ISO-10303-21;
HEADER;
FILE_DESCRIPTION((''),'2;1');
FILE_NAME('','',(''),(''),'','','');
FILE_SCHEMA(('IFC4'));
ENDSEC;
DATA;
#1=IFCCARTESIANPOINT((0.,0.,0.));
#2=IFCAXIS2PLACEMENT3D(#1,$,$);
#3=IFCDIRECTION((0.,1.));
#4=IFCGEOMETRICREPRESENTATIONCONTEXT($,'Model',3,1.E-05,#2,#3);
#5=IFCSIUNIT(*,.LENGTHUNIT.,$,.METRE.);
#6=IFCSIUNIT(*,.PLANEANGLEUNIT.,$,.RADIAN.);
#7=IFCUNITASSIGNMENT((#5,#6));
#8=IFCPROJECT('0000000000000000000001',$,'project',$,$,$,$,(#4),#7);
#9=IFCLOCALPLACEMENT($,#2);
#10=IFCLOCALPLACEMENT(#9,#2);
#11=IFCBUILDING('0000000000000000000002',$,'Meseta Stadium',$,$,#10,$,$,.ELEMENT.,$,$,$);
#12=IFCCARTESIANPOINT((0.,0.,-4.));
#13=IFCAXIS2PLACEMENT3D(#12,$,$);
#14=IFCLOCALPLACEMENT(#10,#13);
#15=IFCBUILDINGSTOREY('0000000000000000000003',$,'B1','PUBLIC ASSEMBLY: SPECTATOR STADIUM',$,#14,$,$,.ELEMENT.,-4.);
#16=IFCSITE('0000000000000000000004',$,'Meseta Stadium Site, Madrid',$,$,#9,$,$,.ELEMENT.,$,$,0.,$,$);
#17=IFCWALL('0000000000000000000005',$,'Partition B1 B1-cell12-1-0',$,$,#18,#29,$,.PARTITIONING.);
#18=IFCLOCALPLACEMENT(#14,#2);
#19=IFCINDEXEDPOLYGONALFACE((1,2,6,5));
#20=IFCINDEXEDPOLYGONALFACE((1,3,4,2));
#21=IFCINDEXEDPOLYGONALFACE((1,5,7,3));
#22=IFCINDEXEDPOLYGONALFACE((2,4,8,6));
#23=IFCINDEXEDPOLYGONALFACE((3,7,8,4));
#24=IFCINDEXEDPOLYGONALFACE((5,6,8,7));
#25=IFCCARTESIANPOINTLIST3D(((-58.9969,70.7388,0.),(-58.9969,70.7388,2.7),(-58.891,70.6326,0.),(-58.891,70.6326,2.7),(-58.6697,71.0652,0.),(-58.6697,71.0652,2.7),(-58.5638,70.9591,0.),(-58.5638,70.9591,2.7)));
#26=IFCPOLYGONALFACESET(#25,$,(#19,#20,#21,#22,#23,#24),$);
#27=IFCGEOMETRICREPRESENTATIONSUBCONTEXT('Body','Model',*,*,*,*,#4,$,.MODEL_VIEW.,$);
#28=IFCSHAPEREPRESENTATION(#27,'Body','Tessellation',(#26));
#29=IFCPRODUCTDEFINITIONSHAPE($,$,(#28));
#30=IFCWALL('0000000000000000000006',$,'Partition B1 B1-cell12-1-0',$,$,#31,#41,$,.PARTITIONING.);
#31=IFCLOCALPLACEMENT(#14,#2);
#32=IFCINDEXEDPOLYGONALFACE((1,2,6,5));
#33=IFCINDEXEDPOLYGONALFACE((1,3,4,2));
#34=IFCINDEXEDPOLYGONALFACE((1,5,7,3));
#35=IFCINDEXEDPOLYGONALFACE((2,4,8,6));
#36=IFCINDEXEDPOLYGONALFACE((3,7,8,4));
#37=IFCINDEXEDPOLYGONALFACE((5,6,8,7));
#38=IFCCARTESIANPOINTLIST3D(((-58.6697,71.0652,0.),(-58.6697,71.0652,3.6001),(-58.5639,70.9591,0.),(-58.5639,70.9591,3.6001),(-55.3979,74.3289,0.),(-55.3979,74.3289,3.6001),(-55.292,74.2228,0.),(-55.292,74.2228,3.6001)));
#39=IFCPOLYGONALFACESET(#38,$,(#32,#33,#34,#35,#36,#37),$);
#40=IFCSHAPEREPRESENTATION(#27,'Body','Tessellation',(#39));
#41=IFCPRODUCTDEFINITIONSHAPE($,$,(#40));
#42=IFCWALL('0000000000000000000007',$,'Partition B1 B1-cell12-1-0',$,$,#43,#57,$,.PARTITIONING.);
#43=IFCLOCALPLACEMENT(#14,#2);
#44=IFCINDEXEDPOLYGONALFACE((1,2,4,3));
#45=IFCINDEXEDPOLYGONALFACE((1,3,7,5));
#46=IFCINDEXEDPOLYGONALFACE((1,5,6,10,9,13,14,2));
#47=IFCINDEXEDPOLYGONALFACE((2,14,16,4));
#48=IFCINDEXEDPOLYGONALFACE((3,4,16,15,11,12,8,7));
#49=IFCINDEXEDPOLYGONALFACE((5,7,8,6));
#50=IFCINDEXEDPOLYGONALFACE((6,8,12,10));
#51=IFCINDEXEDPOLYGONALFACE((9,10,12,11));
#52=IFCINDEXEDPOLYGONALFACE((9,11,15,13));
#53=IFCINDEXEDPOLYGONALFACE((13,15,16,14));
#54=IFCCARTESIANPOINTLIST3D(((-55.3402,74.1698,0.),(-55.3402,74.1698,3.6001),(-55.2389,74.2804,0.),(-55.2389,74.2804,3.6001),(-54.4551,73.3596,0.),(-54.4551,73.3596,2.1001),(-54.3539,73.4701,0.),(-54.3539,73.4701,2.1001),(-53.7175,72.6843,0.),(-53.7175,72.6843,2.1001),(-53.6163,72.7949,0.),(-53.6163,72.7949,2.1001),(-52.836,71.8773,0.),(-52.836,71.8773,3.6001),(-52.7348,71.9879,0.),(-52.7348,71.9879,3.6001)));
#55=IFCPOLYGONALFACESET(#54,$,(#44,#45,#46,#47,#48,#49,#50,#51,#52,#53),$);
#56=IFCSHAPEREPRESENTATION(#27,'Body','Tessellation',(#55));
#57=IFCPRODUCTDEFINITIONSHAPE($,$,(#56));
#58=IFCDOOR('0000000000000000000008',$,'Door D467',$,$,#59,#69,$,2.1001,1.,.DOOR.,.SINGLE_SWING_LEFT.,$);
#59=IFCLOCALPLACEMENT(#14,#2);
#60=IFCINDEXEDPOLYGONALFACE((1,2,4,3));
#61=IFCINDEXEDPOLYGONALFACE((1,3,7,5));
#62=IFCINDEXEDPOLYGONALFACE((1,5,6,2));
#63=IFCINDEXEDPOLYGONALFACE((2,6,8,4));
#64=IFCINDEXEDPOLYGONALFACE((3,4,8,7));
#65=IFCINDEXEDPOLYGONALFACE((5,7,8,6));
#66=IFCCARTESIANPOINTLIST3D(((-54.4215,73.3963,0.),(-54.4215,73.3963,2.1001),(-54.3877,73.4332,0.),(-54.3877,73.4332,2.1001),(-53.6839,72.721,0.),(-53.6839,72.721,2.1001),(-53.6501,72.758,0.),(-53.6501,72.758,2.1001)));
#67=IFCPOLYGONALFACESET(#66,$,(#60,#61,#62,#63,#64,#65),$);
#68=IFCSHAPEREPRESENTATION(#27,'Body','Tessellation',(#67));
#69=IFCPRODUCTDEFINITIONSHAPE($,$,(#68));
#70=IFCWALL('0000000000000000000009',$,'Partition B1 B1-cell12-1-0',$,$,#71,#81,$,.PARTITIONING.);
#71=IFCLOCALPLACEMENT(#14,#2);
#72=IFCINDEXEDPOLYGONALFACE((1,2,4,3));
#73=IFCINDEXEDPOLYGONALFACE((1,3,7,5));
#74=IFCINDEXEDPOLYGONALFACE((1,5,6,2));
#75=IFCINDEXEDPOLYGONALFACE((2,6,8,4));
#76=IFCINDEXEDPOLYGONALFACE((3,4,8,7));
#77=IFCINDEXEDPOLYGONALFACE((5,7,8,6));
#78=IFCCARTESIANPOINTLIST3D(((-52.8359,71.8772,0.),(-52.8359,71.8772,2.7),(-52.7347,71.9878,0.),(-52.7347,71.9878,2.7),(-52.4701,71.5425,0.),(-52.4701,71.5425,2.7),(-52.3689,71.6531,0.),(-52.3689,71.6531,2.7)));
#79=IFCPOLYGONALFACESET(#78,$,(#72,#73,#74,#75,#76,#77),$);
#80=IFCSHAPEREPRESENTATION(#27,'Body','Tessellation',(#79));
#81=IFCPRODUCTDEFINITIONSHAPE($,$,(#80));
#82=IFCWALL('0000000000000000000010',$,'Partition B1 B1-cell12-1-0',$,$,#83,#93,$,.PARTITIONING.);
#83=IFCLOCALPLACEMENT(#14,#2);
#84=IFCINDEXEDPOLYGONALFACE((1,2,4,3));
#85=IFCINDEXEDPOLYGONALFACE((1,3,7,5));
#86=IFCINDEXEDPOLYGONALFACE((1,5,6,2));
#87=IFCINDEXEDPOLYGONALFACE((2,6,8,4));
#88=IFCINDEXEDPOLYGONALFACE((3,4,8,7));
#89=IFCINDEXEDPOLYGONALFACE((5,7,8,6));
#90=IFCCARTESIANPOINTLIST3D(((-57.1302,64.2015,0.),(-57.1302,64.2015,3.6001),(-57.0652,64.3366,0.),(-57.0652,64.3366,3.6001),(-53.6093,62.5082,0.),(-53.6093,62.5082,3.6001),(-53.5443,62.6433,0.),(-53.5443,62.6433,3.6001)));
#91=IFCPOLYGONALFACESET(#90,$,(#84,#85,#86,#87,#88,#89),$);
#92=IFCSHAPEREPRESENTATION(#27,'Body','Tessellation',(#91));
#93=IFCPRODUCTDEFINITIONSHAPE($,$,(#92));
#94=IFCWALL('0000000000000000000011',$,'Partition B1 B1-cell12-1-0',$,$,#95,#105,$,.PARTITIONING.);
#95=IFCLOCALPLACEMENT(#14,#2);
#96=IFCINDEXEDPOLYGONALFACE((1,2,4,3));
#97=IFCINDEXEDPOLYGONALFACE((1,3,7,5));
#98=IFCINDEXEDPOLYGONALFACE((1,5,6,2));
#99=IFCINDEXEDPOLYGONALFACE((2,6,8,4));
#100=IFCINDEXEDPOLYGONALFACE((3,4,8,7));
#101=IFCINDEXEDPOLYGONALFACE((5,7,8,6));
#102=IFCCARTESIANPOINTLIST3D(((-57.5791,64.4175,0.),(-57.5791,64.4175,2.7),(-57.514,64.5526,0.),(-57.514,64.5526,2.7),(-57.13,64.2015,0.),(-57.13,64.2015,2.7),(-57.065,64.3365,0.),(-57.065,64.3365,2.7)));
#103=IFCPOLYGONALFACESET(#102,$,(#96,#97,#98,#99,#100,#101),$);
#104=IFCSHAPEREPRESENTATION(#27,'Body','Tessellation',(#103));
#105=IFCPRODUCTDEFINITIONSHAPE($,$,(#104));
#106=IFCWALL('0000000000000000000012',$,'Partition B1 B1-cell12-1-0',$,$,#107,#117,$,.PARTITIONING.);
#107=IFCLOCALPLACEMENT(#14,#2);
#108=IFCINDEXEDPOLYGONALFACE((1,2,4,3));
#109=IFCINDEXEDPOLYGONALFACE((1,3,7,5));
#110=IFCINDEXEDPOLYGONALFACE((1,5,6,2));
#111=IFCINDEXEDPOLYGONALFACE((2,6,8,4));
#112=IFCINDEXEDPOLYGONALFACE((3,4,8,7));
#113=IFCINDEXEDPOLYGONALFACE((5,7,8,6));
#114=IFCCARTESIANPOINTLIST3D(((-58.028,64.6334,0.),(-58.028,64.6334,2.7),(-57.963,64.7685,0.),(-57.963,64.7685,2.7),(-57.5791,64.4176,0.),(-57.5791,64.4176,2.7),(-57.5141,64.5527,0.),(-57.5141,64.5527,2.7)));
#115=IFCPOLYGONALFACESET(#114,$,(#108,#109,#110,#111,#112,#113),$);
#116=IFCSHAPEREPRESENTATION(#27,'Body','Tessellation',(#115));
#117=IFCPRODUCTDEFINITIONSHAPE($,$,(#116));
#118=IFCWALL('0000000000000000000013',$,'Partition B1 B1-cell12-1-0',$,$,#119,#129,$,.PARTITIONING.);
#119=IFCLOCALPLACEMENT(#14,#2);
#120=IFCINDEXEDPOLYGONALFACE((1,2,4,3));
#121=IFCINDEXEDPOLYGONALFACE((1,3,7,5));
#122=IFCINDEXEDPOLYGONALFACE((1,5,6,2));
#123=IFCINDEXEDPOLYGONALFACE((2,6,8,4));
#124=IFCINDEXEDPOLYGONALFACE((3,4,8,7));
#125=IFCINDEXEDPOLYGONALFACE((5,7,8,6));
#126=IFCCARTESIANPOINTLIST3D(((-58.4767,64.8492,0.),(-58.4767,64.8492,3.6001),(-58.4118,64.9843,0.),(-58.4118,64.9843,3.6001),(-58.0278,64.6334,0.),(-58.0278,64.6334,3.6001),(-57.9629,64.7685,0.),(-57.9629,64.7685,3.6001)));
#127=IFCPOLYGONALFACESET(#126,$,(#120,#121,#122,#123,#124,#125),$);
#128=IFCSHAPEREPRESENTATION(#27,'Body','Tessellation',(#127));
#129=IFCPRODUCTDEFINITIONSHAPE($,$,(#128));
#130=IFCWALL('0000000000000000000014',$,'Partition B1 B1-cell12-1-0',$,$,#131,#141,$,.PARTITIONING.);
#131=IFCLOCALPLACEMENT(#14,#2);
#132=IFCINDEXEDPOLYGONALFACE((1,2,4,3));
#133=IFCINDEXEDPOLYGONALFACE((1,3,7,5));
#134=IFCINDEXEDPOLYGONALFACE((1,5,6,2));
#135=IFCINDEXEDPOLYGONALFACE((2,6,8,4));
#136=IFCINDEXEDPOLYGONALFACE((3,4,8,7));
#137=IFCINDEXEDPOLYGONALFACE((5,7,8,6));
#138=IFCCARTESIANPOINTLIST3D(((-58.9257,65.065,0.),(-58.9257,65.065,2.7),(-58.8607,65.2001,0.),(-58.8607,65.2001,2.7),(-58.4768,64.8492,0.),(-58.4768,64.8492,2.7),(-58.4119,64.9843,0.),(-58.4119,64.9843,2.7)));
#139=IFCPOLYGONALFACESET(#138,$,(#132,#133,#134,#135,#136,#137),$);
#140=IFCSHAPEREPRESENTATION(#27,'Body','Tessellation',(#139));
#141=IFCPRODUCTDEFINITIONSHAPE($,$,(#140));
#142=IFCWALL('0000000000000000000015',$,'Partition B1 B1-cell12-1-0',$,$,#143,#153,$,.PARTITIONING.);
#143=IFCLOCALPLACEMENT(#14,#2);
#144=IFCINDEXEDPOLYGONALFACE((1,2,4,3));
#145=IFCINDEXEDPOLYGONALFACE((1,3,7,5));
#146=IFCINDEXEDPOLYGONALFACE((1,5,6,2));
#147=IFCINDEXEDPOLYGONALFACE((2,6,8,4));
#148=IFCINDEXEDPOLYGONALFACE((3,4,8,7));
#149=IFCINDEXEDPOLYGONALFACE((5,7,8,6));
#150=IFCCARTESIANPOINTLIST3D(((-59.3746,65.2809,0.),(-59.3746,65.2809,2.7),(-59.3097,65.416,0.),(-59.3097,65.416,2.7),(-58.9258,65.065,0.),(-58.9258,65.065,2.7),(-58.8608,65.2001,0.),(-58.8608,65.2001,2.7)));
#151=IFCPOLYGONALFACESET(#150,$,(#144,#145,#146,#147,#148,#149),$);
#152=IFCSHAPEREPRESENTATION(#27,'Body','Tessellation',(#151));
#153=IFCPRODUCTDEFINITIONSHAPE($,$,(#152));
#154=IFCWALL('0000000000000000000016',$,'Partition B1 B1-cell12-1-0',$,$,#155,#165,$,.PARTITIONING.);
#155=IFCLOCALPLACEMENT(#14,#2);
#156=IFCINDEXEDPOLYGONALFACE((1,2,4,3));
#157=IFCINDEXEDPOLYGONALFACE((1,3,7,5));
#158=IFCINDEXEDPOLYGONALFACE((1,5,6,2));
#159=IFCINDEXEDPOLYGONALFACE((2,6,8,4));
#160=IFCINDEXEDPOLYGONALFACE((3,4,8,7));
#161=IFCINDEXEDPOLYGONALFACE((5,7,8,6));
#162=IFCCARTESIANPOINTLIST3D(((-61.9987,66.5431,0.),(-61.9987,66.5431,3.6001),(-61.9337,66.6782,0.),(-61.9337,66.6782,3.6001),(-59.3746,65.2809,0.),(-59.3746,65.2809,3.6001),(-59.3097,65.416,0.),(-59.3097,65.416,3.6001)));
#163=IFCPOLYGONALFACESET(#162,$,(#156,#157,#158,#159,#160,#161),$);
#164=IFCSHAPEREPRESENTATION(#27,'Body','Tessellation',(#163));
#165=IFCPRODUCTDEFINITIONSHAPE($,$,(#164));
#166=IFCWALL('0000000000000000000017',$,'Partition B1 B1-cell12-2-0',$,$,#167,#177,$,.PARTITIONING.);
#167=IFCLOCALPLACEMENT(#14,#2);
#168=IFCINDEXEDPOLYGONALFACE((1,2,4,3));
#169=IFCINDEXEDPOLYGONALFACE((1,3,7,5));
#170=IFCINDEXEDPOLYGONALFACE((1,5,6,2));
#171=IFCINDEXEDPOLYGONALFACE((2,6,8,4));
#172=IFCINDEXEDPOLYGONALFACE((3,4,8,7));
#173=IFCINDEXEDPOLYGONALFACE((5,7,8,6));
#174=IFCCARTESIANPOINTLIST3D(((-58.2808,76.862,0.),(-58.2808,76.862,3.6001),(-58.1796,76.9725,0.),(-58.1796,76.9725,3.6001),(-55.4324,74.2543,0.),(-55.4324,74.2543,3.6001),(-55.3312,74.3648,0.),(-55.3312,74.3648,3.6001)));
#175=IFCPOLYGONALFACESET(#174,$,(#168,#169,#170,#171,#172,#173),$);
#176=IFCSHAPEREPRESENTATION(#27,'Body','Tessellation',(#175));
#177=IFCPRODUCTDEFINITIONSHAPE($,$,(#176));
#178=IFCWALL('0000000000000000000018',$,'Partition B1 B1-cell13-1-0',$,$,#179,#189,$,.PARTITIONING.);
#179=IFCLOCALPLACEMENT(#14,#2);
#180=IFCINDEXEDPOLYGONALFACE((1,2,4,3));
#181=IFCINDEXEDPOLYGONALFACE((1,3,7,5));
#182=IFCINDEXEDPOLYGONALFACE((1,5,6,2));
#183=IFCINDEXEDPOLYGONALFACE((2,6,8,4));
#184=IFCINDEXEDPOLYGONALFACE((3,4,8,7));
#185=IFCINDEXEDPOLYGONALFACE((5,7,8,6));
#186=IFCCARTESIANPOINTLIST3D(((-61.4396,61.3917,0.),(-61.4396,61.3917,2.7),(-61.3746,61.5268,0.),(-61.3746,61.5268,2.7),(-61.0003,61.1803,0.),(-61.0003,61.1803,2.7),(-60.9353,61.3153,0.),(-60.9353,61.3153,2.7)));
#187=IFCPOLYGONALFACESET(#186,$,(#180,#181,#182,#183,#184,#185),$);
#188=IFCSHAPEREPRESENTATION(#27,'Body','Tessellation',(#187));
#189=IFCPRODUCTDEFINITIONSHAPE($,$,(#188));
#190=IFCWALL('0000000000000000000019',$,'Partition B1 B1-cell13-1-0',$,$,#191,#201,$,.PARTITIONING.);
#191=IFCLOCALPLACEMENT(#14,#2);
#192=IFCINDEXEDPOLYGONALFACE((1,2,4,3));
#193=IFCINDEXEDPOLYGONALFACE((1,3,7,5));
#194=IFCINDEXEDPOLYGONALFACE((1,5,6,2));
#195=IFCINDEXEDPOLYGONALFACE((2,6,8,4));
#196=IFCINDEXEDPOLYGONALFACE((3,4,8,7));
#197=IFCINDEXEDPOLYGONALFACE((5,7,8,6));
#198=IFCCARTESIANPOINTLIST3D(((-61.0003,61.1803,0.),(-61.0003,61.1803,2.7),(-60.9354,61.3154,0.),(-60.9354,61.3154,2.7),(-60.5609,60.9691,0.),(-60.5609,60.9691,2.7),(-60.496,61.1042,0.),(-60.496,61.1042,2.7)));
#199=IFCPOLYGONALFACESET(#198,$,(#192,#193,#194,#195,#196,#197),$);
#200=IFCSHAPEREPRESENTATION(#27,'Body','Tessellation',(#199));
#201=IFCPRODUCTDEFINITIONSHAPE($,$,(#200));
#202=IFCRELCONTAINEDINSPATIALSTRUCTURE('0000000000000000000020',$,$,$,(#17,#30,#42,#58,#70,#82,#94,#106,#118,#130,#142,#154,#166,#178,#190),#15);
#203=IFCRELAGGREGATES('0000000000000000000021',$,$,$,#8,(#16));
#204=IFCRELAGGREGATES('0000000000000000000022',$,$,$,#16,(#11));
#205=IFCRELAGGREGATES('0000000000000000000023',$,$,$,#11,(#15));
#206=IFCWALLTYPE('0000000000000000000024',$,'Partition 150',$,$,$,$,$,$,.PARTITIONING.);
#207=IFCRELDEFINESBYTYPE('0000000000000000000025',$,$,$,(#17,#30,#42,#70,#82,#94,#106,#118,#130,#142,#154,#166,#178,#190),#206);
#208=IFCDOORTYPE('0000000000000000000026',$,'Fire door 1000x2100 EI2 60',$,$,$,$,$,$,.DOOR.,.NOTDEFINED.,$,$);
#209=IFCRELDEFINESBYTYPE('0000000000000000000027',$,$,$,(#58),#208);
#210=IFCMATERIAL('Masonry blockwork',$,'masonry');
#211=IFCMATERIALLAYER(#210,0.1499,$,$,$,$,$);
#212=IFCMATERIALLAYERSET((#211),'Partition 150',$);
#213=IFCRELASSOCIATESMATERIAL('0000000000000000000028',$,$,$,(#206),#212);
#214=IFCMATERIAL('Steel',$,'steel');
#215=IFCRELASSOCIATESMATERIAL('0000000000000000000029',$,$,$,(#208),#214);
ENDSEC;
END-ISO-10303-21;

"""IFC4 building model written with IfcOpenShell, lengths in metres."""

from ifc_helpers import new_model, si_unit, direction, frame, frame_2d, origin, place, context, subcontext, project, spatial, rectangle, extrude, material, layer, layer_set, type_object, element, fill, save


model = new_model("IFC4")

# Units and contexts
model_context = context("Model", 3, precision=1e-05, world=origin(), true_north=direction((0.0, 1.0)))
body_context = subcontext(model_context, "Body", "Model", "MODEL_VIEW")
ifc_project = project(units=[si_unit("LENGTHUNIT", "METRE"), si_unit("PLANEANGLEUNIT", "RADIAN")], contexts=[model_context])

# Site, building, storey
site_placement = place(None, origin())
site = spatial("IfcSite", under=ifc_project, at=site_placement, Name="Meseta Stadium Site, Madrid", CompositionType="ELEMENT", RefElevation=0.0)
building_placement = place(site_placement, origin())
building = spatial("IfcBuilding", under=site, at=building_placement, Name="Meseta Stadium", CompositionType="ELEMENT")
storey_placement = place(building_placement, frame((0.0, 0.0, -4.0)))
storey = spatial("IfcBuildingStorey", under=building, at=storey_placement, Name="B1", Description="PUBLIC ASSEMBLY: SPECTATOR STADIUM", CompositionType="ELEMENT", Elevation=-4.0)

# Walls
ifc_material_1 = material(Name="Masonry blockwork", Category="masonry")
ifc_layer = layer(ifc_material_1, 0.1499)
ifc_layer_set = layer_set([ifc_layer], Name="Partition 150")
wall_type = type_object("IfcWallType", Name="Partition 150", PredefinedType="PARTITIONING", material=ifc_layer_set)
wall_1_placement = place(storey_placement, frame((-58.9438, 70.6858, 0.0), z_axis=(0.0, 0.0, 1.0), x_axis=(0.707899, 0.706314, 0.0)))
element("IfcWall", 1, at=wall_1_placement, inside=storey, type_object=wall_type, Name="Partition B1 B1-cell12-1-0", PredefinedType="PARTITIONING", context=body_context, shape_type="SweptSolid", body=[
    extrude(rectangle(XDim=0.4622, YDim=0.1499, at=frame_2d((0.231, 0.0))), origin(), (0.0, 0.0, 1.0), 2.7),
])
wall_2_placement = place(storey_placement, frame((-58.6167, 71.0122, 0.0), z_axis=(0.0, 0.0, 1.0), x_axis=(0.707978, 0.706235, 0.0)))
element("IfcWall", 2, at=wall_2_placement, inside=storey, type_object=wall_type, Name="Partition B1 B1-cell12-1-0", PredefinedType="PARTITIONING", context=body_context, shape_type="SweptSolid", body=[
    extrude(rectangle(XDim=4.6213, YDim=0.1499, at=frame_2d((2.3105, 0.0))), origin(), (0.0, 0.0, 1.0), 3.6001),
])

# Wall, opening, door
wall_3_placement = place(storey_placement, frame((-55.2896, 74.2251, 0.0), z_axis=(0.0, 0.0, 1.0), x_axis=(0.737593, -0.675246, 0.0)))
wall_3 = element("IfcWall", 3, at=wall_3_placement, inside=storey, type_object=wall_type, Name="Partition B1 B1-cell12-1-0", PredefinedType="PARTITIONING", context=body_context, shape_type="SweptSolid", body=[
    extrude(rectangle(XDim=3.395, YDim=0.1499, at=frame_2d((1.6975, 0.0))), origin(), (0.0, 0.0, 1.0), 3.6001),
])
opening_placement = place(wall_3_placement, frame((1.2, 0.0, 0.0)))
opening = element("IfcOpeningElement", 4, at=opening_placement, cuts=wall_3, PredefinedType="OPENING", context=body_context, shape_type="SweptSolid", body=[
    extrude(rectangle(XDim=1.0, YDim=2.1001, at=frame_2d((0.5, 1.05))), frame((0.0, 0.085, 0.0), z_axis=(0.0, -1.0, 0.0), x_axis=(1.0, 0.0, 0.0)), (0.0, 0.0, 1.0), 0.1699),
])
ifc_material_2 = material(Name="Steel", Category="steel")
door_type = type_object("IfcDoorType", Name="Fire door 1000x2100 EI2 60", OperationType="NOTDEFINED", PredefinedType="DOOR", material=ifc_material_2)
door_placement = place(opening_placement, origin())
door = element("IfcDoor", 5, at=door_placement, inside=storey, type_object=door_type, Name="Door D467", OperationType="SINGLE_SWING_LEFT", OverallHeight=2.1001, OverallWidth=1.0, PredefinedType="DOOR", context=body_context, shape_type="SweptSolid", body=[
    extrude(rectangle(XDim=1.0, YDim=2.1001, at=frame_2d((0.5, 1.05))), frame((0.0, 0.0249, 0.0), z_axis=(0.0, -1.0, 0.0), x_axis=(1.0, 0.0, 0.0)), (0.0, 0.0, 1.0), 0.05),
])
fill(opening, door)

# Walls
wall_4_placement = place(storey_placement, frame((-52.7854, 71.9326, 0.0), z_axis=(0.0, 0.0, 1.0), x_axis=(0.737685, -0.675145, 0.0)))
element("IfcWall", 6, at=wall_4_placement, inside=storey, type_object=wall_type, Name="Partition B1 B1-cell12-1-0", PredefinedType="PARTITIONING", context=body_context, shape_type="SweptSolid", body=[
    extrude(rectangle(XDim=0.4958, YDim=0.1499, at=frame_2d((0.248, 0.0))), origin(), (0.0, 0.0, 1.0), 2.7),
])
wall_5_placement = place(storey_placement, frame((-53.5767, 62.5757, 0.0), z_axis=(0.0, 0.0, 1.0), x_axis=(-0.901195, 0.433414, 0.0)))
element("IfcWall", 7, at=wall_5_placement, inside=storey, type_object=wall_type, Name="Partition B1 B1-cell12-1-0", PredefinedType="PARTITIONING", context=body_context, shape_type="SweptSolid", body=[
    extrude(rectangle(XDim=3.907, YDim=0.1499, at=frame_2d((1.9536, 0.0))), origin(), (0.0, 0.0, 1.0), 3.6001),
])
wall_6_placement = place(storey_placement, frame((-57.0977, 64.269, 0.0), z_axis=(0.0, 0.0, 1.0), x_axis=(-0.901087, 0.433639, 0.0)))
element("IfcWall", 8, at=wall_6_placement, inside=storey, type_object=wall_type, Name="Partition B1 B1-cell12-1-0", PredefinedType="PARTITIONING", context=body_context, shape_type="SweptSolid", body=[
    extrude(rectangle(XDim=0.4983, YDim=0.1499, at=frame_2d((0.249, 0.0))), origin(), (0.0, 0.0, 1.0), 2.7),
])
wall_7_placement = place(storey_placement, frame((-57.5466, 64.4851, 0.0), z_axis=(0.0, 0.0, 1.0), x_axis=(-0.901186, 0.433432, 0.0)))
element("IfcWall", 9, at=wall_7_placement, inside=storey, type_object=wall_type, Name="Partition B1 B1-cell12-1-0", PredefinedType="PARTITIONING", context=body_context, shape_type="SweptSolid", body=[
    extrude(rectangle(XDim=0.498, YDim=0.1499, at=frame_2d((0.249, 0.0))), origin(), (0.0, 0.0, 1.0), 2.7),
])
wall_8_placement = place(storey_placement, frame((-57.9954, 64.7009, 0.0), z_axis=(0.0, 0.0, 1.0), x_axis=(-0.901278, 0.433241, 0.0)))
element("IfcWall", 10, at=wall_8_placement, inside=storey, type_object=wall_type, Name="Partition B1 B1-cell12-1-0", PredefinedType="PARTITIONING", context=body_context, shape_type="SweptSolid", body=[
    extrude(rectangle(XDim=0.498, YDim=0.1499, at=frame_2d((0.249, 0.0))), origin(), (0.0, 0.0, 1.0), 3.6001),
])
for number, where, z_axis, x_axis, name in (
    (11, (-58.4443, 64.9167, 0.0), (0.0, 0.0, 1.0), (-0.901278, 0.433241, 0.0), "Partition B1 B1-cell12-1-0"),
    (12, (-58.8933, 65.1326, 0.0), (0.0, 0.0, 1.0), (-0.901186, 0.433432, 0.0), "Partition B1 B1-cell12-1-0"),
):
    element("IfcWall", number, at=place(storey_placement, frame(where, z_axis=z_axis, x_axis=x_axis)), inside=storey, type_object=wall_type, Name=name, PredefinedType="PARTITIONING", context=body_context, shape_type="SweptSolid", body=[
        extrude(rectangle(XDim=0.498, YDim=0.1499, at=frame_2d((0.249, 0.0))), origin(), (0.0, 0.0, 1.0), 2.7),
    ])
wall_9_placement = place(storey_placement, frame((-59.342, 65.3484, 0.0), z_axis=(0.0, 0.0, 1.0), x_axis=(-0.901164, 0.433478, 0.0)))
element("IfcWall", 13, at=wall_9_placement, inside=storey, type_object=wall_type, Name="Partition B1 B1-cell12-1-0", PredefinedType="PARTITIONING", context=body_context, shape_type="SweptSolid", body=[
    extrude(rectangle(XDim=2.9119, YDim=0.1499, at=frame_2d((1.4561, 0.0))), origin(), (0.0, 0.0, 1.0), 3.6001),
])
wall_10_placement = place(storey_placement, frame((-58.2302, 76.9172, 0.0), z_axis=(0.0, 0.0, 1.0), x_axis=(0.737587, -0.675252, 0.0)))
element("IfcWall", 14, at=wall_10_placement, inside=storey, type_object=wall_type, Name="Partition B1 B1-cell12-2-0", PredefinedType="PARTITIONING", context=body_context, shape_type="SweptSolid", body=[
    extrude(rectangle(XDim=3.8618, YDim=0.1499, at=frame_2d((1.9309, 0.0))), origin(), (0.0, 0.0, 1.0), 3.6001),
])
for number, where, z_axis, x_axis, name in (
    (15, (-61.407, 61.4592, 0.0), (0.0, 0.0, 1.0), (0.901038, -0.43374, 0.0), "Partition B1 B1-cell13-1-0"),
    (16, (-60.9678, 61.2478, 0.0), (0.0, 0.0, 1.0), (0.901328, -0.433138, 0.0), "Partition B1 B1-cell13-1-0"),
):
    element("IfcWall", number, at=place(storey_placement, frame(where, z_axis=z_axis, x_axis=x_axis)), inside=storey, type_object=wall_type, Name=name, PredefinedType="PARTITIONING", context=body_context, shape_type="SweptSolid", body=[
        extrude(rectangle(XDim=0.4875, YDim=0.1499, at=frame_2d((0.2437, 0.0))), origin(), (0.0, 0.0, 1.0), 2.7),
    ])

save(model, "model.ifc")
